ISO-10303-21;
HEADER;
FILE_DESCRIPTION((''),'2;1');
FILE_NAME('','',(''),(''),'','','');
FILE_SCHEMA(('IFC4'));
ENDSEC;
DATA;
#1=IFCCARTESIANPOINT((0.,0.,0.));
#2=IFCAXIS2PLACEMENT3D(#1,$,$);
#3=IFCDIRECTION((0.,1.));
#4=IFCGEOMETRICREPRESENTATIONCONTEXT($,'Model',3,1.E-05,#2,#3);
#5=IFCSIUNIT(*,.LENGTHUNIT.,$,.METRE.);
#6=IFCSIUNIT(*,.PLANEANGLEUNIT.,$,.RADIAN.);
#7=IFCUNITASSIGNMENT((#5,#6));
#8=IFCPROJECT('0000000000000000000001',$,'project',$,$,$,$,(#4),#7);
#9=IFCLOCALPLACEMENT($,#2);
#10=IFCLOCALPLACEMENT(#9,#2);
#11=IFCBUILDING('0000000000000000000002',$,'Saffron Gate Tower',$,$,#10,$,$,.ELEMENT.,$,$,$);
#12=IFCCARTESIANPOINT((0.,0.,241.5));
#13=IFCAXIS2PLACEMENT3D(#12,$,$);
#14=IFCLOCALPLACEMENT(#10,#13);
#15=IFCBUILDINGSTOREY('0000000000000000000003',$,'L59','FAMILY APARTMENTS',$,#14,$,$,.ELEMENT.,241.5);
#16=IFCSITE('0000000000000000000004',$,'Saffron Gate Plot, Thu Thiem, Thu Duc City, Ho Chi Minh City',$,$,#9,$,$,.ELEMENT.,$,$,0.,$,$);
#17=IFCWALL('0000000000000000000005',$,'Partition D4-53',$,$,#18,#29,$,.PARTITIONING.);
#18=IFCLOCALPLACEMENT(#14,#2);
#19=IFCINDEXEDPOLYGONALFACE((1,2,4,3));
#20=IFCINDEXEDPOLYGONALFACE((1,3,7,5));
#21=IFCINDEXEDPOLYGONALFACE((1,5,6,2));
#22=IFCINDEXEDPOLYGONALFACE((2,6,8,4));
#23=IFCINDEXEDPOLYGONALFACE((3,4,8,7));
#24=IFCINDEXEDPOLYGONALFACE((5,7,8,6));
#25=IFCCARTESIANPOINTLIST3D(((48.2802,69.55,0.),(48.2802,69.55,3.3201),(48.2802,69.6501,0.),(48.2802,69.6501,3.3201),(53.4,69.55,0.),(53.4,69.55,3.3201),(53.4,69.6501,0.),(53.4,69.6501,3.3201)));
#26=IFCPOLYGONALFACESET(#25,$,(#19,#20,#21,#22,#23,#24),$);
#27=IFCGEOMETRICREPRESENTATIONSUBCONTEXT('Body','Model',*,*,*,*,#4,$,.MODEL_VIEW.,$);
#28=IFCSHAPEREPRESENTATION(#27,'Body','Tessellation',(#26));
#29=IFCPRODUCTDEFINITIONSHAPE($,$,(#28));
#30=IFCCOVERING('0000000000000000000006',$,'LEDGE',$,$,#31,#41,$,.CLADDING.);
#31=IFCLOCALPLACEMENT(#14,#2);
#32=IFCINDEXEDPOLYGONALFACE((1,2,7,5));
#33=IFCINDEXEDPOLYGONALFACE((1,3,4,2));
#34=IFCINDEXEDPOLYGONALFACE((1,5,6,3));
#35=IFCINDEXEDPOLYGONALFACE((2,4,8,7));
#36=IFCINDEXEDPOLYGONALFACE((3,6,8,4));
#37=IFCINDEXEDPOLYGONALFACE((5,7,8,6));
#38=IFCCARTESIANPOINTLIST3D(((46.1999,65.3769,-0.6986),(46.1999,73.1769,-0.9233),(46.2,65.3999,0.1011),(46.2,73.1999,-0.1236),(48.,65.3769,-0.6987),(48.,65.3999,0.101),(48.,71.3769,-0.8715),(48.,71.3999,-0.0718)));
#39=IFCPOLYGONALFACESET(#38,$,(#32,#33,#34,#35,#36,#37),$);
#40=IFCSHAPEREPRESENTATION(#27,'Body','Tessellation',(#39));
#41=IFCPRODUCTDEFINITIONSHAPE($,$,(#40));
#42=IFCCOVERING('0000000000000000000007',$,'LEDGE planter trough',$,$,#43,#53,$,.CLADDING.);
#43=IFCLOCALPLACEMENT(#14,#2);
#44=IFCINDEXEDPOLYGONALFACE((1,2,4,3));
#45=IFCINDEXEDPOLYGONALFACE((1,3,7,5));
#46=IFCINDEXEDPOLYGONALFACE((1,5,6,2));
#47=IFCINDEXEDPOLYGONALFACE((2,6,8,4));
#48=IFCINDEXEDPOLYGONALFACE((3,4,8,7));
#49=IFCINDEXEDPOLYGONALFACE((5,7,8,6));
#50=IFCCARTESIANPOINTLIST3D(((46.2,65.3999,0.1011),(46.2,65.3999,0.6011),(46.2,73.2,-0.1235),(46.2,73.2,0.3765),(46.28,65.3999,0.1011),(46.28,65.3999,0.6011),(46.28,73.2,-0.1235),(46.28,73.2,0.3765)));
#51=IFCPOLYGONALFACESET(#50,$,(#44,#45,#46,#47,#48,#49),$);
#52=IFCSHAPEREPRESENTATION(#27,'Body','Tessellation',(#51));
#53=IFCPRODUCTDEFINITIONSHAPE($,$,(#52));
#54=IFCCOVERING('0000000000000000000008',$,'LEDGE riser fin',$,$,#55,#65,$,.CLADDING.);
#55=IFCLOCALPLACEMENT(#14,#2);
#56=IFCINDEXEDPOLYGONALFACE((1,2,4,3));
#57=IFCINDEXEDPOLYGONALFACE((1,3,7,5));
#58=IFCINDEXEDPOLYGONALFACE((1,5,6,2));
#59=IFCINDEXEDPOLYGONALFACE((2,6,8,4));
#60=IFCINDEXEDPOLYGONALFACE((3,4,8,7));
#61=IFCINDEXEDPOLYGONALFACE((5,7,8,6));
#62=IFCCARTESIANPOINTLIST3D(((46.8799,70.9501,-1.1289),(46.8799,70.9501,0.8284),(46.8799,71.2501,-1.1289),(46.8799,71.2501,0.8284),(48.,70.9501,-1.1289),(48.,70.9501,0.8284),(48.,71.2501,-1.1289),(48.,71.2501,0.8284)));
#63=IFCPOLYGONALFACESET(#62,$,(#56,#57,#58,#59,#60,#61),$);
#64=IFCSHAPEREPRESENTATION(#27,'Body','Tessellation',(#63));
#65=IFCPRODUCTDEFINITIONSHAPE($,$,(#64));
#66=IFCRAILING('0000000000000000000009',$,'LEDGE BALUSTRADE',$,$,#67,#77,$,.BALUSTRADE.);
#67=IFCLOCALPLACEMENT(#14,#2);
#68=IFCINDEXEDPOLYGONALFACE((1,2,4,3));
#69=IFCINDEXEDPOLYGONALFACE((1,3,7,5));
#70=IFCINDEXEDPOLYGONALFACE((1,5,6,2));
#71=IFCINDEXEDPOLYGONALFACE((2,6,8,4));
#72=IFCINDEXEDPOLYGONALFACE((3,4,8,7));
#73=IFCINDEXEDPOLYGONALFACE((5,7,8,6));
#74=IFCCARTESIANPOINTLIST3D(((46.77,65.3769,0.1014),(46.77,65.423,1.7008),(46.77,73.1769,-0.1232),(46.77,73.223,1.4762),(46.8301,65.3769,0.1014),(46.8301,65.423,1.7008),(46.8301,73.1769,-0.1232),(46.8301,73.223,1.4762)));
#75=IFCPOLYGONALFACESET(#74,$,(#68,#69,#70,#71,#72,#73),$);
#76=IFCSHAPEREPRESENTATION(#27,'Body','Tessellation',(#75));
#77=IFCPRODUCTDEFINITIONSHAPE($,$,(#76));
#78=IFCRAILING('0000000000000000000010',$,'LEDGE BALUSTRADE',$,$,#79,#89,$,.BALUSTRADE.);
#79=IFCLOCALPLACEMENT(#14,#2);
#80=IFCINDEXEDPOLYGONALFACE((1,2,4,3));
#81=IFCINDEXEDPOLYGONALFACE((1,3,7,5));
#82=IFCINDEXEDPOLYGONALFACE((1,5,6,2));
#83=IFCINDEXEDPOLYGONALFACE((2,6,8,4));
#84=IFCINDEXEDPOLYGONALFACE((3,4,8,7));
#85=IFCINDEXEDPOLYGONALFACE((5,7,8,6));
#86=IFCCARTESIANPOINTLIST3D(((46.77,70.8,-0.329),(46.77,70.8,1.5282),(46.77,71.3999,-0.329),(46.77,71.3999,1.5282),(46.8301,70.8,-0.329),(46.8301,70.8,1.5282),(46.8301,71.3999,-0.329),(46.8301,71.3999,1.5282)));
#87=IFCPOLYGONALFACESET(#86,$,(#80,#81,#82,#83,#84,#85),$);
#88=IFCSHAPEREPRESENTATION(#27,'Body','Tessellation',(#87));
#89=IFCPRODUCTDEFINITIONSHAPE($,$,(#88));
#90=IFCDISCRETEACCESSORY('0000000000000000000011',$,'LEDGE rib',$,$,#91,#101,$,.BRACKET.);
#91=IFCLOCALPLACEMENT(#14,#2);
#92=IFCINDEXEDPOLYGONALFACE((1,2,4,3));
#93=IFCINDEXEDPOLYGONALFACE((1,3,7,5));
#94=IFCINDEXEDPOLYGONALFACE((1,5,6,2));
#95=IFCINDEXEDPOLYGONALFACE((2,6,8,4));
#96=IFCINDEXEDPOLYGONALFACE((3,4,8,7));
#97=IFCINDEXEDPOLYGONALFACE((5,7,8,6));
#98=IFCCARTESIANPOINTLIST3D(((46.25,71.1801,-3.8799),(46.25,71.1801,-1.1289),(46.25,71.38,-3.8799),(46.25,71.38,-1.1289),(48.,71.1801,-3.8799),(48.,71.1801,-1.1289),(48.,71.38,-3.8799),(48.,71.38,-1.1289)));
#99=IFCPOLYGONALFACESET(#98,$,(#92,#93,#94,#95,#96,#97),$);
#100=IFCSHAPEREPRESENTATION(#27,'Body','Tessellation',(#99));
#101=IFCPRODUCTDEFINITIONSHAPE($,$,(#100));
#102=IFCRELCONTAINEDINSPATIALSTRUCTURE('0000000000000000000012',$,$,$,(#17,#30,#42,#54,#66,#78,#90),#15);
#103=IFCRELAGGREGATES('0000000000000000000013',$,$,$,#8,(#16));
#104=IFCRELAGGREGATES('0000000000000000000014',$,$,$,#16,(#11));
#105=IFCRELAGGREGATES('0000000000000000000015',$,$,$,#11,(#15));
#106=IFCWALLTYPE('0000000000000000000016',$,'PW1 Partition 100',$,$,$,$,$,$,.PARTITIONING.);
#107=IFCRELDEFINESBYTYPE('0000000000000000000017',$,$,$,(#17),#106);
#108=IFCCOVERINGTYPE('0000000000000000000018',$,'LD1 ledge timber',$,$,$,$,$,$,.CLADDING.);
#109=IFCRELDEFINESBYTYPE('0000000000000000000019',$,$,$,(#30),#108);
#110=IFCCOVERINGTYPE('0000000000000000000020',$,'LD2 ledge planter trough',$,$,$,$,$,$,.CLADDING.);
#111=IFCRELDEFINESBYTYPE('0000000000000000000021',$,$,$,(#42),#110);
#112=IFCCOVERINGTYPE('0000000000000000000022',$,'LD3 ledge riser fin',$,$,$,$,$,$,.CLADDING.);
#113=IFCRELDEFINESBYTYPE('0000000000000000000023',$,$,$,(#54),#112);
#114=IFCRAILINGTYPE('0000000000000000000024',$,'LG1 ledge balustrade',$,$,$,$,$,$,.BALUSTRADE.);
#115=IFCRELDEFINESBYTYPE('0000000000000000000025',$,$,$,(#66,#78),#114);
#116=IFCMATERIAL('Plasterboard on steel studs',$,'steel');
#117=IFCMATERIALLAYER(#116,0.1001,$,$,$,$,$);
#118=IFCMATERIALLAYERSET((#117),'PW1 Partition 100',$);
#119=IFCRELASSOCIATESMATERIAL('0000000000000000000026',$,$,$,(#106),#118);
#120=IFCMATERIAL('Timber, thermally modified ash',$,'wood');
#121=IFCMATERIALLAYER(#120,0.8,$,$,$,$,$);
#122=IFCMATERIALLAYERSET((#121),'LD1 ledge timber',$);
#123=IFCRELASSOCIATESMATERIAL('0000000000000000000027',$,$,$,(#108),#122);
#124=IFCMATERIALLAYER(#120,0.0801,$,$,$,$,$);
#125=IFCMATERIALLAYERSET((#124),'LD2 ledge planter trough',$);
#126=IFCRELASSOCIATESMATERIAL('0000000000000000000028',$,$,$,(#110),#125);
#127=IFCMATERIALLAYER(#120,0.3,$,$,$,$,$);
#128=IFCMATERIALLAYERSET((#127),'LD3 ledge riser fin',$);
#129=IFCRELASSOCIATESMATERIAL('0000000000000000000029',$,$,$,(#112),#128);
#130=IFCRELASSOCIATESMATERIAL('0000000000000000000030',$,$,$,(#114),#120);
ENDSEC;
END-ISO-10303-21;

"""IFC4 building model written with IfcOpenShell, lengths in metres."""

from ifc_helpers import new_model, si_unit, direction, frame, frame_2d, origin, origin_2d, place, context, subcontext, project, spatial, polyline, rectangle, outline, extrude, material, layer, layer_set, type_object, element, save


model = new_model("IFC4")

# Units and contexts
model_context = context("Model", 3, precision=1e-05, world=origin(), true_north=direction((0.0, 1.0)))
body_context = subcontext(model_context, "Body", "Model", "MODEL_VIEW")
ifc_project = project(units=[si_unit("LENGTHUNIT", "METRE"), si_unit("PLANEANGLEUNIT", "RADIAN")], contexts=[model_context])

# Site, building, storey
site_placement = place(None, origin())
site = spatial("IfcSite", under=ifc_project, at=site_placement, Name="Saffron Gate Plot, Thu Thiem, Thu Duc City, Ho Chi Minh City", CompositionType="ELEMENT", RefElevation=0.0)
building_placement = place(site_placement, origin())
building = spatial("IfcBuilding", under=site, at=building_placement, Name="Saffron Gate Tower", CompositionType="ELEMENT")
storey_placement = place(building_placement, frame((0.0, 0.0, 241.5)))
storey = spatial("IfcBuildingStorey", under=building, at=storey_placement, Name="L59", Description="FAMILY APARTMENTS", CompositionType="ELEMENT", Elevation=241.5)

# Wall
ifc_material_1 = material(Name="Plasterboard on steel studs", Category="steel")
ifc_layer_1 = layer(ifc_material_1, 0.1001)
ifc_layer_set_1 = layer_set([ifc_layer_1], Name="PW1 Partition 100")
wall_type = type_object("IfcWallType", Name="PW1 Partition 100", PredefinedType="PARTITIONING", material=ifc_layer_set_1)
wall_placement = place(storey_placement, frame((48.28, 69.6001, 0.0), z_axis=(0.0, 0.0, 1.0), x_axis=(1.0, 0.0, 0.0)))
element("IfcWall", 1, at=wall_placement, inside=storey, type_object=wall_type, Name="Partition D4-53", PredefinedType="PARTITIONING", context=body_context, shape_type="SweptSolid", body=[
    extrude(rectangle(XDim=5.1199, YDim=0.1001, at=frame_2d((2.5601, 0.0))), origin(), (0.0, 0.0, 1.0), 3.3201),
])

# Coverings
ifc_material_2 = material(Name="Timber, thermally modified ash", Category="wood")
ifc_layer_2 = layer(ifc_material_2, 0.8)
ifc_layer_set_2 = layer_set([ifc_layer_2], Name="LD1 ledge timber")
covering_type_1 = type_object("IfcCoveringType", Name="LD1 ledge timber", PredefinedType="CLADDING", material=ifc_layer_set_2)
covering_1_placement = place(storey_placement, frame((48.0, 71.3999, -0.0718), z_axis=(0.000024, 0.028789, 0.999585), x_axis=(0.0, -0.999585, 0.028789)))
element("IfcCovering", 2, at=covering_1_placement, inside=storey, type_object=covering_type_1, Name="LEDGE", PredefinedType="CLADDING", context=body_context, shape_type="SweptSolid", body=[
    extrude(outline(polyline([(0.0, 0.0), (6.0025, 0.0), (6.0025, -1.8), (-1.8008, -1.8), (0.0, 0.0)])), origin(), (0.0, 0.0, -1.0), 0.8),
])
ifc_layer_3 = layer(ifc_material_2, 0.0801)
ifc_layer_set_3 = layer_set([ifc_layer_3], Name="LD2 ledge planter trough")
covering_type_2 = type_object("IfcCoveringType", Name="LD2 ledge planter trough", PredefinedType="CLADDING", material=ifc_layer_set_3)
covering_2_placement = place(storey_placement, frame((46.2, 73.2, -0.1235), z_axis=(-1.0, 0.0, 0.0), x_axis=(0.0, -0.999586, 0.028784)))
element("IfcCovering", 3, at=covering_2_placement, inside=storey, type_object=covering_type_2, Name="LEDGE planter trough", PredefinedType="CLADDING", context=body_context, shape_type="SweptSolid", body=[
    extrude(outline(polyline([(0.0, 0.0), (7.8033, 0.0), (7.8177, 0.4998), (0.0144, 0.4998), (0.0, 0.0)])), origin(), (0.0, 0.0, -1.0), 0.0801),
])
ifc_layer_4 = layer(ifc_material_2, 0.3)
ifc_layer_set_4 = layer_set([ifc_layer_4], Name="LD3 ledge riser fin")
covering_type_3 = type_object("IfcCoveringType", Name="LD3 ledge riser fin", PredefinedType="CLADDING", material=ifc_layer_set_4)
covering_3_placement = place(storey_placement, frame((47.4399, 71.1001, -1.1289), z_axis=(0.0, 0.0, 1.0), x_axis=(0.0, -1.0, 0.0)))
element("IfcCovering", 4, at=covering_3_placement, inside=storey, type_object=covering_type_3, Name="LEDGE riser fin", PredefinedType="CLADDING", context=body_context, shape_type="SweptSolid", body=[
    extrude(rectangle(XDim=0.3, YDim=1.1201, at=origin_2d()), origin(), (0.0, 0.0, 1.0), 1.9573),
])

# Railings
railing_type = type_object("IfcRailingType", Name="LG1 ledge balustrade", PredefinedType="BALUSTRADE", material=ifc_material_2)
railing_1_placement = place(storey_placement, frame((46.8, 73.2, -0.1235)))
element("IfcRailing", 5, at=railing_1_placement, inside=storey, type_object=railing_type, Name="LEDGE BALUSTRADE", PredefinedType="BALUSTRADE", context=body_context, shape_type="SweptSolid", body=[
    extrude(rectangle(XDim=0.0601, YDim=1.6001, at=origin_2d()), frame((0.0, 0.0, 0.8), z_axis=(0.0, -0.999586, 0.028784), x_axis=(1.0, 0.0, 0.0)), (0.0, 0.0, 1.0), 7.8032),
])
railing_2_placement = place(storey_placement, frame((46.8, 71.3999, -0.3291)))
element("IfcRailing", 6, at=railing_2_placement, inside=storey, type_object=railing_type, Name="LEDGE BALUSTRADE", PredefinedType="BALUSTRADE", context=body_context, shape_type="SweptSolid", body=[
    extrude(rectangle(XDim=0.0601, YDim=1.8572, at=origin_2d()), frame((0.0, 0.0, 0.9287), z_axis=(0.0, -1.0, 0.0), x_axis=(1.0, 0.0, 0.0)), (0.0, 0.0, 1.0), 0.5999),
])

# Discrete accessory
discrete_accessory_placement = place(storey_placement, frame((47.125, 71.28, -3.8799), z_axis=(0.0, 0.0, 1.0), x_axis=(0.0, -1.0, 0.0)))
element("IfcDiscreteAccessory", 7, at=discrete_accessory_placement, inside=storey, Name="LEDGE rib", PredefinedType="BRACKET", context=body_context, shape_type="SweptSolid", body=[
    extrude(rectangle(XDim=0.2, YDim=1.75, at=origin_2d()), origin(), (0.0, 0.0, 1.0), 2.751),
])

save(model, "model.ifc")
